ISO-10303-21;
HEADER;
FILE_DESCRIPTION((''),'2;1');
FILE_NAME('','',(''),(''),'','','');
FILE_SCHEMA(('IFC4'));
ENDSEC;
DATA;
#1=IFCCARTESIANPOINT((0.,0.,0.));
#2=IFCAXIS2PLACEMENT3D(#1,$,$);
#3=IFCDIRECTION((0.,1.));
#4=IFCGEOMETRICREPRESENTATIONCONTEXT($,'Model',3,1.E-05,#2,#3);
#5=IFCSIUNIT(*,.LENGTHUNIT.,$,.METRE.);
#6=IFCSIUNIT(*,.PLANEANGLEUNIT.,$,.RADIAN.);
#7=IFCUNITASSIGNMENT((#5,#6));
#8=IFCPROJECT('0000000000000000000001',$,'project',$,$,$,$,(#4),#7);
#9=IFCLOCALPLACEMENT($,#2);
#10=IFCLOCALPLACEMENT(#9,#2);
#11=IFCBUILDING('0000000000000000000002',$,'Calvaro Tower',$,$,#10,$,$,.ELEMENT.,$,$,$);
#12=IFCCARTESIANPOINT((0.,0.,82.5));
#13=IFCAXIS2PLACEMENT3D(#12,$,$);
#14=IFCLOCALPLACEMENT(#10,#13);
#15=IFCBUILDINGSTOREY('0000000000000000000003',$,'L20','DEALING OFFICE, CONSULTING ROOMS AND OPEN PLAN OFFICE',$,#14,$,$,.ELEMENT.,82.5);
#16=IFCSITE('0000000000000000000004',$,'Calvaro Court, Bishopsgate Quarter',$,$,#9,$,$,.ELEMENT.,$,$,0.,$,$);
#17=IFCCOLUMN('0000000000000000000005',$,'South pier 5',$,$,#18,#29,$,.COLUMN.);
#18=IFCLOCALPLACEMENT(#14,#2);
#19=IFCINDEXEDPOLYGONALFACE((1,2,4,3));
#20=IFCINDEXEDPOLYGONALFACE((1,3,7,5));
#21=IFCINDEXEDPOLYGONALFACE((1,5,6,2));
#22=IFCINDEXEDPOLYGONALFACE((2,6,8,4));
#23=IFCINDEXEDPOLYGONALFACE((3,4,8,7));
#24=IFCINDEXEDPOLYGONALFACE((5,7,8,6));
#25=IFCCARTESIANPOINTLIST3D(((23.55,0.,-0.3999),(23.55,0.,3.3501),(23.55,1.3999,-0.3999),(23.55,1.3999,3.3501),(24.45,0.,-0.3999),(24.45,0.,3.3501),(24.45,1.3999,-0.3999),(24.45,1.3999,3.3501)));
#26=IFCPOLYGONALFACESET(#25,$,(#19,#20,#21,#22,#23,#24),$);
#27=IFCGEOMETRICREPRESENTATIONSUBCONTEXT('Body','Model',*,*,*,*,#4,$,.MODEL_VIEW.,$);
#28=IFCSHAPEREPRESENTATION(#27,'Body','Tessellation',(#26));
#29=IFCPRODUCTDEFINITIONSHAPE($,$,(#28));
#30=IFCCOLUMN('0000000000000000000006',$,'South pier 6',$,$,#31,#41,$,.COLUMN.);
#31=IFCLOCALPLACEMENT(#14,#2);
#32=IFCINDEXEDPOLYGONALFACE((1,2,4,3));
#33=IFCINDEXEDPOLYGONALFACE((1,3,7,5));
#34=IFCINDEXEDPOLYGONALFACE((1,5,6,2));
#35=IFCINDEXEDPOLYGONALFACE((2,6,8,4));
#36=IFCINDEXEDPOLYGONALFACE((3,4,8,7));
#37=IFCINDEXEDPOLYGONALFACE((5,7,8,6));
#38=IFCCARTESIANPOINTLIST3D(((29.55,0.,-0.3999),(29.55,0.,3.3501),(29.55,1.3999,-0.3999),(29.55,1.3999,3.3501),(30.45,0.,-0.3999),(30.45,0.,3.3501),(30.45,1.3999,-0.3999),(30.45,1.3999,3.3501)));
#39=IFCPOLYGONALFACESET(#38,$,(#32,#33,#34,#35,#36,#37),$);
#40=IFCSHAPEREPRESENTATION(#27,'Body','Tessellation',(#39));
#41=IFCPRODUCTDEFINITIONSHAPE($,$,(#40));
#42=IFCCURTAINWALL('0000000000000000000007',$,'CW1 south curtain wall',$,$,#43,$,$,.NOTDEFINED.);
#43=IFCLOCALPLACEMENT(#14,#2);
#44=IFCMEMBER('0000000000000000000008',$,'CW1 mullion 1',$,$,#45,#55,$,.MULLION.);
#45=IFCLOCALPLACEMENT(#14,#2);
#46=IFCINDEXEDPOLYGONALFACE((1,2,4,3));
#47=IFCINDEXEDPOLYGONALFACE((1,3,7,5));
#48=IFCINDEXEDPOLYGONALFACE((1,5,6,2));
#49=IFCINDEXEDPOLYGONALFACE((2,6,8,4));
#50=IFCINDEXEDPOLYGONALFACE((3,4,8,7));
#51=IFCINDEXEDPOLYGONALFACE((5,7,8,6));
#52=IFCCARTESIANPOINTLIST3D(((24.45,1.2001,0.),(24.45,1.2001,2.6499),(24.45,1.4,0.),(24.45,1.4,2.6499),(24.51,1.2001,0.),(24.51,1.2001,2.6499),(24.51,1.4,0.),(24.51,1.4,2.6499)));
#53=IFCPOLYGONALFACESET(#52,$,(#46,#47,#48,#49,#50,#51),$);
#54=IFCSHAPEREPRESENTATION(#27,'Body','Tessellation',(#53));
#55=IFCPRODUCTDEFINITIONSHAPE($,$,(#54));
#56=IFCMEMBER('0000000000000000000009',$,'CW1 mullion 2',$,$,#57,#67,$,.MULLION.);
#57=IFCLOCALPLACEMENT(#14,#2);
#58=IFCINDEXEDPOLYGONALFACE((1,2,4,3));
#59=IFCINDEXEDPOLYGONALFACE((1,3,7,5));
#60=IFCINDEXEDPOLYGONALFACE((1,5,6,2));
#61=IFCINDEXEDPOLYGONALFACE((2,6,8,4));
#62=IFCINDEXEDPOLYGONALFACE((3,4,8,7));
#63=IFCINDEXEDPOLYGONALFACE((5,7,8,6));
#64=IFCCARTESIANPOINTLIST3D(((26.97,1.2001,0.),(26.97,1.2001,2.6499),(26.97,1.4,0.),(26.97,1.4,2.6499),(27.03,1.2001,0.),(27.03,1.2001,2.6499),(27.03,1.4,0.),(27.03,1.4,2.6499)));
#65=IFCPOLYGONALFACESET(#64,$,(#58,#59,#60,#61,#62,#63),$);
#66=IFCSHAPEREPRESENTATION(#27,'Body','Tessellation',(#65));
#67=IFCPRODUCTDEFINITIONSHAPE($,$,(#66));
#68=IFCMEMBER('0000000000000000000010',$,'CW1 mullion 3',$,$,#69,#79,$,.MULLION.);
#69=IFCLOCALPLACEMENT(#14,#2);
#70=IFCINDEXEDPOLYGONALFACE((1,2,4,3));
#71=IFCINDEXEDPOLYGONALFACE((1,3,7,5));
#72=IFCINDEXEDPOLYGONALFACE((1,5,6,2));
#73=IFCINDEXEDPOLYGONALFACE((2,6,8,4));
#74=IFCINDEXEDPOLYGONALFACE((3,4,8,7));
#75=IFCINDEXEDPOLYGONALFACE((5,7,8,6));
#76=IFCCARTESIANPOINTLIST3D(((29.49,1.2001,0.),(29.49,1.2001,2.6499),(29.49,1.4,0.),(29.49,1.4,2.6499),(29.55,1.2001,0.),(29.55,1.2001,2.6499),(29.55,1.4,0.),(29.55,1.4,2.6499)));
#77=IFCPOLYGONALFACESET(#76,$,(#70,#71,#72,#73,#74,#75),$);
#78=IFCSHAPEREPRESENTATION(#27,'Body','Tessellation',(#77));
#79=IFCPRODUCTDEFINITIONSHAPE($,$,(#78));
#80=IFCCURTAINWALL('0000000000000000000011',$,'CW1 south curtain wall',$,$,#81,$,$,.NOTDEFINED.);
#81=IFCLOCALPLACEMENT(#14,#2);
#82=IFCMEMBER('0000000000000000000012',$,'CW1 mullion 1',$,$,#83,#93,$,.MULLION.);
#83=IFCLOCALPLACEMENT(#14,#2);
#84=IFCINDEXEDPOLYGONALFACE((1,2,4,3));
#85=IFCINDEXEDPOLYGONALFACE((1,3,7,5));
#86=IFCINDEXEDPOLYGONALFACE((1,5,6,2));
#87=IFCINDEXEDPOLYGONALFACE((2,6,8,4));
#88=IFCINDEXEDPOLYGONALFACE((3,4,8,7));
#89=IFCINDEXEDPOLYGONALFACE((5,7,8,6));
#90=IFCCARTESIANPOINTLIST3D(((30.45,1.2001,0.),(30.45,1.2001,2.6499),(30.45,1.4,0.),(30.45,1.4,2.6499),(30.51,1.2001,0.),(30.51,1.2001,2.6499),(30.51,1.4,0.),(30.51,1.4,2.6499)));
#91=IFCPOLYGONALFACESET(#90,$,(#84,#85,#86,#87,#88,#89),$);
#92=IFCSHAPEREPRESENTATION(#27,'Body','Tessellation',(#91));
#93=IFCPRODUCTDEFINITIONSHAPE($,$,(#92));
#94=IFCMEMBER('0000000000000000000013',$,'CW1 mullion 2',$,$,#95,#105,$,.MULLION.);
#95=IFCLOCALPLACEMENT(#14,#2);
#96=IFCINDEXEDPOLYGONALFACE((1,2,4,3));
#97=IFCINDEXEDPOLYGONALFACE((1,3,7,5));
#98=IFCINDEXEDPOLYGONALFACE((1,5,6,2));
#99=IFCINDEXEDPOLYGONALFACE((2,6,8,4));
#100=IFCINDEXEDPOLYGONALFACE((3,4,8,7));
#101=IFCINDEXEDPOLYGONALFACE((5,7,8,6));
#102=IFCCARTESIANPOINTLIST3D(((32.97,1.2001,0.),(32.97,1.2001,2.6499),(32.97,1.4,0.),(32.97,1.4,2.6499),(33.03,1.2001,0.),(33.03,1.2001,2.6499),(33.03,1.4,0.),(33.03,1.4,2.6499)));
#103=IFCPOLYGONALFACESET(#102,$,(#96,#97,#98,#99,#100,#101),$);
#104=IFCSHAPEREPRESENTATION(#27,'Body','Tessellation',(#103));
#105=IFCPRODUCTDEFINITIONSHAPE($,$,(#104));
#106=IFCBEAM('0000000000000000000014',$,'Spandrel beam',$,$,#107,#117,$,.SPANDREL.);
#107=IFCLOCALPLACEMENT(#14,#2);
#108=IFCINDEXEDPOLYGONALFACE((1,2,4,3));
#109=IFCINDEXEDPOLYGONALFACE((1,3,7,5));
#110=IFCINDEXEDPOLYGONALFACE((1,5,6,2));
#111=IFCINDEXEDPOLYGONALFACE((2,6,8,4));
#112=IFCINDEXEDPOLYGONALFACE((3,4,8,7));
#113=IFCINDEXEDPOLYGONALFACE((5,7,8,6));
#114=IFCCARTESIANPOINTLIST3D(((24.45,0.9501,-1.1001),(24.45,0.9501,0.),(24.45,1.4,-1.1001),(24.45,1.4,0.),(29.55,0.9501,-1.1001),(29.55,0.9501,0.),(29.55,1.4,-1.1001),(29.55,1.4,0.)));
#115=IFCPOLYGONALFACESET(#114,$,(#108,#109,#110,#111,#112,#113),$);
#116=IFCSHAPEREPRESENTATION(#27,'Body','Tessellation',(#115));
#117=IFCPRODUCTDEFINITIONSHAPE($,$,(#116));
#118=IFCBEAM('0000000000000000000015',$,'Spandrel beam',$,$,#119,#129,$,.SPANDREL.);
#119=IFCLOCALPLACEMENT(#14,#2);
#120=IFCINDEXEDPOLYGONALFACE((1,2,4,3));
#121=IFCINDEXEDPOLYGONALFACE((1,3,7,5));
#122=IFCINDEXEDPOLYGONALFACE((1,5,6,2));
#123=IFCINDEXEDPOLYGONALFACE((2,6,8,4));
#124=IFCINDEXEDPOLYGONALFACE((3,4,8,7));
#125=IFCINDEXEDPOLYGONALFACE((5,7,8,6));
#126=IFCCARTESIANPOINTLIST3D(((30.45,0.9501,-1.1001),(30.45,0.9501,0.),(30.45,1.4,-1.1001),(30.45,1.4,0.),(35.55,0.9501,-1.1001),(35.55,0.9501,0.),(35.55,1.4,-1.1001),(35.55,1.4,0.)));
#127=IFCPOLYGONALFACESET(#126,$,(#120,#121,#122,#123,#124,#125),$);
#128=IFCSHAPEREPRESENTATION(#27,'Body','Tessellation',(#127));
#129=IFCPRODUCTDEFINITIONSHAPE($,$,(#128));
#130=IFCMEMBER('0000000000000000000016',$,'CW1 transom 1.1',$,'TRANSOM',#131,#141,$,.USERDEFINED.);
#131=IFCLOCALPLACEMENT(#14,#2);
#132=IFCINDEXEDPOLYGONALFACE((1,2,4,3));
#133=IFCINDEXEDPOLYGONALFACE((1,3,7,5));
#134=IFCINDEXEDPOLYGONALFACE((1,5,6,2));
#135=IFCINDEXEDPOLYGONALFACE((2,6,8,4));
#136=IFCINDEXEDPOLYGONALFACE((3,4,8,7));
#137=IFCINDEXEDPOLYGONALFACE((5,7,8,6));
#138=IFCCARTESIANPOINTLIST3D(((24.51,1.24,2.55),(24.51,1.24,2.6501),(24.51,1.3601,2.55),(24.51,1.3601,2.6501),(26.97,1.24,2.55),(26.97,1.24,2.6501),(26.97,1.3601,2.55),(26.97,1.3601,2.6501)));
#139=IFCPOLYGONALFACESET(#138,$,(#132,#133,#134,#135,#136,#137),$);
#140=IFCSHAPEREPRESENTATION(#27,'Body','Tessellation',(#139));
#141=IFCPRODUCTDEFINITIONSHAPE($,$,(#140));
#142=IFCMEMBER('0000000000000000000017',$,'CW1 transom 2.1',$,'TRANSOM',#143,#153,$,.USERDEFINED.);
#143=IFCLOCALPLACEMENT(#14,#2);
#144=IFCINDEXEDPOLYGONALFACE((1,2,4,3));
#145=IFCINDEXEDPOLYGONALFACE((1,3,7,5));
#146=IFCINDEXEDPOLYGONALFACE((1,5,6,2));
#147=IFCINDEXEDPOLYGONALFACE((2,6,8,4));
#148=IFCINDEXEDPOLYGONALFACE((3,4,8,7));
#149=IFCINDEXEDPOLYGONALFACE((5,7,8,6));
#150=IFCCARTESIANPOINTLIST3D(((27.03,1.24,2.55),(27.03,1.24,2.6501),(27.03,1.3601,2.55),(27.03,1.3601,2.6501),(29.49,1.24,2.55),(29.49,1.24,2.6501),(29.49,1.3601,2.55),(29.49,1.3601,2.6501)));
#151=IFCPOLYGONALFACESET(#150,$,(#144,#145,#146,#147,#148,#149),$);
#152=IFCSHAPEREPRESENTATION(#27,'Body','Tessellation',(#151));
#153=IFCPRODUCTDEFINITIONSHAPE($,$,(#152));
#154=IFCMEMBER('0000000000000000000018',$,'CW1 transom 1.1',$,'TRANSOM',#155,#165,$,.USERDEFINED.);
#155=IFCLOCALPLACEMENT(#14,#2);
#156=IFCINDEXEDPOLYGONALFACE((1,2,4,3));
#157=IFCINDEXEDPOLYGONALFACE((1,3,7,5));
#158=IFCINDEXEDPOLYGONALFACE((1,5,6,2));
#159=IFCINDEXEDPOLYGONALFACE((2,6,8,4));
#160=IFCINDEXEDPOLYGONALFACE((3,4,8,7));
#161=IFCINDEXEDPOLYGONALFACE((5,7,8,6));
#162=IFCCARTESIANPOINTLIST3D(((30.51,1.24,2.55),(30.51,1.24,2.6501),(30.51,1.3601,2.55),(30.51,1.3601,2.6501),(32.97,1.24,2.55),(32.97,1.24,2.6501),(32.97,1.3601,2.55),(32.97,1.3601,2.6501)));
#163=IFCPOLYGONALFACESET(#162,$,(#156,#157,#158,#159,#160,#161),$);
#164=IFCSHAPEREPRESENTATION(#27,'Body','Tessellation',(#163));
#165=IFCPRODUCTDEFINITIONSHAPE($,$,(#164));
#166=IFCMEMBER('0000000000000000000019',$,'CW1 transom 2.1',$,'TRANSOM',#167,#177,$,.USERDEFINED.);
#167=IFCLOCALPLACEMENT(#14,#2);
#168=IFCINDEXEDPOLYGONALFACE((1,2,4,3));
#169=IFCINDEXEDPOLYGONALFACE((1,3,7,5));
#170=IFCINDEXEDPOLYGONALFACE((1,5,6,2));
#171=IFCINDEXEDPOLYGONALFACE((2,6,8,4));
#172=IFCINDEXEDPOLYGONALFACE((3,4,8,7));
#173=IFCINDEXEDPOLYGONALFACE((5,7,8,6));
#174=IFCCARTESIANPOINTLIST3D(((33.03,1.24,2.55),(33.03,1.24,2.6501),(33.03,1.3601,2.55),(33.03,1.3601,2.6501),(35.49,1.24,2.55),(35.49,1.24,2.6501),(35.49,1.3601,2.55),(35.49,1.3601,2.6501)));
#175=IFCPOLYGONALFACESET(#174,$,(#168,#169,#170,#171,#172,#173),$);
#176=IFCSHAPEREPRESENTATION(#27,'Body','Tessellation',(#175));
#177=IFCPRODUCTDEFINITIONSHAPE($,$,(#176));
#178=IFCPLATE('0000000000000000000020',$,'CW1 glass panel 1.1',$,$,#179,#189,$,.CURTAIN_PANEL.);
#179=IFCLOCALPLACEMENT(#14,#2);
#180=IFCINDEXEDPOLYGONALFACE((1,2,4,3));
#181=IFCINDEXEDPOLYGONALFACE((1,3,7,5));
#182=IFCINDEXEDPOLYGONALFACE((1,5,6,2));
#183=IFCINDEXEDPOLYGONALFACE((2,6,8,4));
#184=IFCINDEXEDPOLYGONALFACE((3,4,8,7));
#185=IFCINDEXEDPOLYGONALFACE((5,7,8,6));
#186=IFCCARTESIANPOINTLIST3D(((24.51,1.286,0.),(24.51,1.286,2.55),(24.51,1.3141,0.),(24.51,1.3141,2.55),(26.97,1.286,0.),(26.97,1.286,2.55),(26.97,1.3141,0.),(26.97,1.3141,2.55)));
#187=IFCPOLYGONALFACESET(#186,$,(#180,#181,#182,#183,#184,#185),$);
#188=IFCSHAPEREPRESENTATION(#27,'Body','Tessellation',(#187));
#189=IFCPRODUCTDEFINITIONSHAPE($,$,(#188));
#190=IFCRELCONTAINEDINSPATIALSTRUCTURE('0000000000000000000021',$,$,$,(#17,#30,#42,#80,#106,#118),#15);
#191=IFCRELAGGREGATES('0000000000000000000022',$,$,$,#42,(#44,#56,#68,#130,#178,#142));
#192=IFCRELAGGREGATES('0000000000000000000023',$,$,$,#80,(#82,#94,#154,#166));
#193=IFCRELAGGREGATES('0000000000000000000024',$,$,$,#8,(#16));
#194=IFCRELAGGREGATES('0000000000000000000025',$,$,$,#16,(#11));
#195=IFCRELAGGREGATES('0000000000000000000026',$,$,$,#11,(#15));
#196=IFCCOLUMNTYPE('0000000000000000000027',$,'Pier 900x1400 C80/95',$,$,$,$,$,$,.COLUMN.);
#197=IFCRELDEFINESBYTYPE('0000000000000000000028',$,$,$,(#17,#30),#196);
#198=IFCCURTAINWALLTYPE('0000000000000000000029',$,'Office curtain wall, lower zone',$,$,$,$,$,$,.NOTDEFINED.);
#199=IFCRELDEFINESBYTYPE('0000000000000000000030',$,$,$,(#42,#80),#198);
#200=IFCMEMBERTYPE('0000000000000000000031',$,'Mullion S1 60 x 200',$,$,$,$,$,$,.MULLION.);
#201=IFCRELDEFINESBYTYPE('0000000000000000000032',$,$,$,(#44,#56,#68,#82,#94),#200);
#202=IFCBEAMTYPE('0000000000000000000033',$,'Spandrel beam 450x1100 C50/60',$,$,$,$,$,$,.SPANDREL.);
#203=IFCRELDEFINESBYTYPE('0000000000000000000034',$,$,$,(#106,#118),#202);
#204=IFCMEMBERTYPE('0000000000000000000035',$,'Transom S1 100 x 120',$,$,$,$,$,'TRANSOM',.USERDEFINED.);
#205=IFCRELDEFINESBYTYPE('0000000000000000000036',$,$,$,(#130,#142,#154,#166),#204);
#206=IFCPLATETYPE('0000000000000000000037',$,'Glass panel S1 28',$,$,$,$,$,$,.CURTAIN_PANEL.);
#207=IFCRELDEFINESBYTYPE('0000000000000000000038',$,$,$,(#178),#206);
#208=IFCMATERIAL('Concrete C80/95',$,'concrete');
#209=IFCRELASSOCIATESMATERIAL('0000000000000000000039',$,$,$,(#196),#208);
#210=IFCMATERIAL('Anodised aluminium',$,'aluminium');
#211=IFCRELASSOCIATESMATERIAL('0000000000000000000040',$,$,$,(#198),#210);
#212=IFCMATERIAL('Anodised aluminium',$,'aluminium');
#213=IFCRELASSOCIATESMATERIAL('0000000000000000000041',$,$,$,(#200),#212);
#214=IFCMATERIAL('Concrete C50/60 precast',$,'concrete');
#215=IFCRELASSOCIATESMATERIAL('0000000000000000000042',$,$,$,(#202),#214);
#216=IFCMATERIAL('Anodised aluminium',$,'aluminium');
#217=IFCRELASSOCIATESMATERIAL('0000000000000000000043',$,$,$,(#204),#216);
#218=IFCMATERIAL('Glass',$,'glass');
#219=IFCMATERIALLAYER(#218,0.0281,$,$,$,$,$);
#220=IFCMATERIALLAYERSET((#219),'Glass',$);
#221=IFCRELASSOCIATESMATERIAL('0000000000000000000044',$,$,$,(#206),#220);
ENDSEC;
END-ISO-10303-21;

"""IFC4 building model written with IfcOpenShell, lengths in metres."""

from ifc_helpers import new_model, si_unit, direction, frame, origin, origin_2d, place, context, subcontext, project, spatial, rectangle, extrude, material, layer, layer_set, material_profile, profile_set, type_object, element, aggregate, save


model = new_model("IFC4")

# Units and contexts
model_context = context("Model", 3, precision=1e-05, world=origin(), true_north=direction((0.0, 1.0)))
body_context = subcontext(model_context, "Body", "Model", "MODEL_VIEW")
ifc_project = project(units=[si_unit("LENGTHUNIT", "METRE"), si_unit("PLANEANGLEUNIT", "RADIAN")], contexts=[model_context])

# Site, building, storey
site_placement = place(None, origin())
site = spatial("IfcSite", under=ifc_project, at=site_placement, Name="Calvaro Court, Bishopsgate Quarter", CompositionType="ELEMENT", RefElevation=0.0)
building_placement = place(site_placement, origin())
building = spatial("IfcBuilding", under=site, at=building_placement, Name="Calvaro Tower", CompositionType="ELEMENT")
storey_placement = place(building_placement, frame((0.0, 0.0, 82.5)))
storey = spatial("IfcBuildingStorey", under=building, at=storey_placement, Name="L20", Description="DEALING OFFICE, CONSULTING ROOMS AND OPEN PLAN OFFICE", CompositionType="ELEMENT", Elevation=82.5)

# Columns
ifc_material_1 = material(Name="Concrete C80/95", Category="concrete")
ifc_material_profile_1 = material_profile(ifc_material_1, rectangle(XDim=0.8999, YDim=1.3999, at=origin_2d()), Name="RC 900x1400")
ifc_profile_set_1 = profile_set([ifc_material_profile_1], Name="Concrete C80/95")
column_type = type_object("IfcColumnType", Name="Pier 900x1400 C80/95", PredefinedType="COLUMN", material=ifc_profile_set_1)
for number, where, z_axis, x_axis, name in (
    (1, (24.0, 0.7, -0.3999), (0.0, 0.0, 1.0), (1.0, 0.0, 0.0), "South pier 5"),
    (2, (30.0, 0.7, -0.3999), (0.0, 0.0, 1.0), (1.0, 0.0, 0.0), "South pier 6"),
):
    element("IfcColumn", number, at=place(storey_placement, frame(where, z_axis=z_axis, x_axis=x_axis)), inside=storey, type_object=column_type, Name=name, PredefinedType="COLUMN", context=body_context, shape_type="SweptSolid", body=[
        extrude(rectangle(XDim=0.8999, YDim=1.3999, at=origin_2d()), origin(), (0.0, 0.0, 1.0), 3.75),
    ])

# Curtain walls, members
ifc_material_2 = material(Name="Anodised aluminium", Category="aluminium")
curtain_wall_type = type_object("IfcCurtainWallType", Name="Office curtain wall, lower zone", PredefinedType="NOTDEFINED", material=ifc_material_2)
curtain_wall_1_placement = place(storey_placement, origin())
curtain_wall_1 = element("IfcCurtainWall", 3, at=curtain_wall_1_placement, inside=storey, type_object=curtain_wall_type, Name="CW1 south curtain wall", PredefinedType="NOTDEFINED")
ifc_material_3 = material(Name="Anodised aluminium", Category="aluminium")
ifc_material_profile_2 = material_profile(ifc_material_3, rectangle(XDim=0.2, YDim=0.0601, at=origin_2d()), Name="Mullion S1 60 x 200")
ifc_profile_set_2 = profile_set([ifc_material_profile_2], Name="Anodised aluminium")
member_type_1 = type_object("IfcMemberType", Name="Mullion S1 60 x 200", PredefinedType="MULLION", material=ifc_profile_set_2)
member_1_placement = place(storey_placement, frame((24.48, 1.3, 0.0), z_axis=(0.0, 0.0, 1.0), x_axis=(0.0, 1.0, 0.0)))
member_1 = element("IfcMember", 4, at=member_1_placement, type_object=member_type_1, Name="CW1 mullion 1", PredefinedType="MULLION", context=body_context, shape_type="SweptSolid", body=[
    extrude(rectangle(XDim=0.2, YDim=0.0601, at=origin_2d()), origin(), (0.0, 0.0, 1.0), 2.6499),
])
member_2_placement = place(storey_placement, frame((27.0, 1.3, 0.0), z_axis=(0.0, 0.0, 1.0), x_axis=(0.0, 1.0, 0.0)))
member_2 = element("IfcMember", 5, at=member_2_placement, type_object=member_type_1, Name="CW1 mullion 2", PredefinedType="MULLION", context=body_context, shape_type="SweptSolid", body=[
    extrude(rectangle(XDim=0.2, YDim=0.0601, at=origin_2d()), origin(), (0.0, 0.0, 1.0), 2.6499),
])
member_3_placement = place(storey_placement, frame((29.52, 1.3, 0.0), z_axis=(0.0, 0.0, 1.0), x_axis=(0.0, 1.0, 0.0)))
member_3 = element("IfcMember", 6, at=member_3_placement, type_object=member_type_1, Name="CW1 mullion 3", PredefinedType="MULLION", context=body_context, shape_type="SweptSolid", body=[
    extrude(rectangle(XDim=0.2, YDim=0.0601, at=origin_2d()), origin(), (0.0, 0.0, 1.0), 2.6499),
])
curtain_wall_2_placement = place(storey_placement, origin())
curtain_wall_2 = element("IfcCurtainWall", 7, at=curtain_wall_2_placement, inside=storey, type_object=curtain_wall_type, Name="CW1 south curtain wall", PredefinedType="NOTDEFINED")
member_4_placement = place(storey_placement, frame((30.48, 1.3, 0.0), z_axis=(0.0, 0.0, 1.0), x_axis=(0.0, 1.0, 0.0)))
member_4 = element("IfcMember", 8, at=member_4_placement, type_object=member_type_1, Name="CW1 mullion 1", PredefinedType="MULLION", context=body_context, shape_type="SweptSolid", body=[
    extrude(rectangle(XDim=0.2, YDim=0.0601, at=origin_2d()), origin(), (0.0, 0.0, 1.0), 2.6499),
])
member_5_placement = place(storey_placement, frame((33.0, 1.3, 0.0), z_axis=(0.0, 0.0, 1.0), x_axis=(0.0, 1.0, 0.0)))
member_5 = element("IfcMember", 9, at=member_5_placement, type_object=member_type_1, Name="CW1 mullion 2", PredefinedType="MULLION", context=body_context, shape_type="SweptSolid", body=[
    extrude(rectangle(XDim=0.2, YDim=0.0601, at=origin_2d()), origin(), (0.0, 0.0, 1.0), 2.6499),
])

# Beams
ifc_material_4 = material(Name="Concrete C50/60 precast", Category="concrete")
ifc_material_profile_3 = material_profile(ifc_material_4, rectangle(XDim=0.45, YDim=1.1001, at=origin_2d()), Name="RC 450x1100")
ifc_profile_set_3 = profile_set([ifc_material_profile_3], Name="Concrete C50/60 precast")
beam_type = type_object("IfcBeamType", Name="Spandrel beam 450x1100 C50/60", PredefinedType="SPANDREL", material=ifc_profile_set_3)
for number, where, z_axis, x_axis, name in (
    (10, (24.45, 1.175, -0.55), (1.0, 0.0, 0.0), (0.0, 1.0, 0.0), "Spandrel beam"),
    (11, (30.45, 1.175, -0.55), (1.0, 0.0, 0.0), (0.0, 1.0, 0.0), "Spandrel beam"),
):
    element("IfcBeam", number, at=place(storey_placement, frame(where, z_axis=z_axis, x_axis=x_axis)), inside=storey, type_object=beam_type, Name=name, PredefinedType="SPANDREL", context=body_context, shape_type="SweptSolid", body=[
        extrude(rectangle(XDim=0.45, YDim=1.1001, at=origin_2d()), origin(), (0.0, 0.0, 1.0), 5.1001),
    ])

# Members
ifc_material_5 = material(Name="Anodised aluminium", Category="aluminium")
ifc_material_profile_4 = material_profile(ifc_material_5, rectangle(XDim=0.1201, YDim=0.1001, at=origin_2d()), Name="Transom S1 100 x 120")
ifc_profile_set_4 = profile_set([ifc_material_profile_4], Name="Anodised aluminium")
member_type_2 = type_object("IfcMemberType", Name="Transom S1 100 x 120", ElementType="TRANSOM", PredefinedType="USERDEFINED", material=ifc_profile_set_4)
member_6_placement = place(storey_placement, frame((24.51, 1.3, 2.6001), z_axis=(1.0, 0.0, 0.0), x_axis=(0.0, 1.0, 0.0)))
member_6 = element("IfcMember", 12, at=member_6_placement, type_object=member_type_2, Name="CW1 transom 1.1", ObjectType="TRANSOM", PredefinedType="USERDEFINED", context=body_context, shape_type="SweptSolid", body=[
    extrude(rectangle(XDim=0.1201, YDim=0.1001, at=origin_2d()), origin(), (0.0, 0.0, 1.0), 2.46),
])
member_7_placement = place(storey_placement, frame((27.03, 1.3, 2.6001), z_axis=(1.0, 0.0, 0.0), x_axis=(0.0, 1.0, 0.0)))
member_7 = element("IfcMember", 13, at=member_7_placement, type_object=member_type_2, Name="CW1 transom 2.1", ObjectType="TRANSOM", PredefinedType="USERDEFINED", context=body_context, shape_type="SweptSolid", body=[
    extrude(rectangle(XDim=0.1201, YDim=0.1001, at=origin_2d()), origin(), (0.0, 0.0, 1.0), 2.46),
])
member_8_placement = place(storey_placement, frame((30.51, 1.3, 2.6001), z_axis=(1.0, 0.0, 0.0), x_axis=(0.0, 1.0, 0.0)))
member_8 = element("IfcMember", 14, at=member_8_placement, type_object=member_type_2, Name="CW1 transom 1.1", ObjectType="TRANSOM", PredefinedType="USERDEFINED", context=body_context, shape_type="SweptSolid", body=[
    extrude(rectangle(XDim=0.1201, YDim=0.1001, at=origin_2d()), origin(), (0.0, 0.0, 1.0), 2.46),
])
member_9_placement = place(storey_placement, frame((33.03, 1.3, 2.6001), z_axis=(1.0, 0.0, 0.0), x_axis=(0.0, 1.0, 0.0)))
member_9 = element("IfcMember", 15, at=member_9_placement, type_object=member_type_2, Name="CW1 transom 2.1", ObjectType="TRANSOM", PredefinedType="USERDEFINED", context=body_context, shape_type="SweptSolid", body=[
    extrude(rectangle(XDim=0.1201, YDim=0.1001, at=origin_2d()), origin(), (0.0, 0.0, 1.0), 2.46),
])

# Plate
ifc_material_6 = material(Name="Glass", Category="glass")
ifc_layer = layer(ifc_material_6, 0.0281)
ifc_layer_set = layer_set([ifc_layer], Name="Glass")
plate_type = type_object("IfcPlateType", Name="Glass panel S1 28", PredefinedType="CURTAIN_PANEL", material=ifc_layer_set)
plate_1_placement = place(storey_placement, frame((25.74, 1.3, 0.0), z_axis=(0.0, 0.0, 1.0), x_axis=(1.0, 0.0, 0.0)))
plate_1 = element("IfcPlate", 16, at=plate_1_placement, type_object=plate_type, Name="CW1 glass panel 1.1", PredefinedType="CURTAIN_PANEL", context=body_context, shape_type="SweptSolid", body=[
    extrude(rectangle(XDim=2.46, YDim=0.0281, at=origin_2d()), origin(), (0.0, 0.0, 1.0), 2.55),
])
aggregate(curtain_wall_1, [member_1, member_2, member_3, member_6, plate_1, member_7])
aggregate(curtain_wall_2, [member_4, member_5, member_8, member_9])

save(model, "model.ifc")
